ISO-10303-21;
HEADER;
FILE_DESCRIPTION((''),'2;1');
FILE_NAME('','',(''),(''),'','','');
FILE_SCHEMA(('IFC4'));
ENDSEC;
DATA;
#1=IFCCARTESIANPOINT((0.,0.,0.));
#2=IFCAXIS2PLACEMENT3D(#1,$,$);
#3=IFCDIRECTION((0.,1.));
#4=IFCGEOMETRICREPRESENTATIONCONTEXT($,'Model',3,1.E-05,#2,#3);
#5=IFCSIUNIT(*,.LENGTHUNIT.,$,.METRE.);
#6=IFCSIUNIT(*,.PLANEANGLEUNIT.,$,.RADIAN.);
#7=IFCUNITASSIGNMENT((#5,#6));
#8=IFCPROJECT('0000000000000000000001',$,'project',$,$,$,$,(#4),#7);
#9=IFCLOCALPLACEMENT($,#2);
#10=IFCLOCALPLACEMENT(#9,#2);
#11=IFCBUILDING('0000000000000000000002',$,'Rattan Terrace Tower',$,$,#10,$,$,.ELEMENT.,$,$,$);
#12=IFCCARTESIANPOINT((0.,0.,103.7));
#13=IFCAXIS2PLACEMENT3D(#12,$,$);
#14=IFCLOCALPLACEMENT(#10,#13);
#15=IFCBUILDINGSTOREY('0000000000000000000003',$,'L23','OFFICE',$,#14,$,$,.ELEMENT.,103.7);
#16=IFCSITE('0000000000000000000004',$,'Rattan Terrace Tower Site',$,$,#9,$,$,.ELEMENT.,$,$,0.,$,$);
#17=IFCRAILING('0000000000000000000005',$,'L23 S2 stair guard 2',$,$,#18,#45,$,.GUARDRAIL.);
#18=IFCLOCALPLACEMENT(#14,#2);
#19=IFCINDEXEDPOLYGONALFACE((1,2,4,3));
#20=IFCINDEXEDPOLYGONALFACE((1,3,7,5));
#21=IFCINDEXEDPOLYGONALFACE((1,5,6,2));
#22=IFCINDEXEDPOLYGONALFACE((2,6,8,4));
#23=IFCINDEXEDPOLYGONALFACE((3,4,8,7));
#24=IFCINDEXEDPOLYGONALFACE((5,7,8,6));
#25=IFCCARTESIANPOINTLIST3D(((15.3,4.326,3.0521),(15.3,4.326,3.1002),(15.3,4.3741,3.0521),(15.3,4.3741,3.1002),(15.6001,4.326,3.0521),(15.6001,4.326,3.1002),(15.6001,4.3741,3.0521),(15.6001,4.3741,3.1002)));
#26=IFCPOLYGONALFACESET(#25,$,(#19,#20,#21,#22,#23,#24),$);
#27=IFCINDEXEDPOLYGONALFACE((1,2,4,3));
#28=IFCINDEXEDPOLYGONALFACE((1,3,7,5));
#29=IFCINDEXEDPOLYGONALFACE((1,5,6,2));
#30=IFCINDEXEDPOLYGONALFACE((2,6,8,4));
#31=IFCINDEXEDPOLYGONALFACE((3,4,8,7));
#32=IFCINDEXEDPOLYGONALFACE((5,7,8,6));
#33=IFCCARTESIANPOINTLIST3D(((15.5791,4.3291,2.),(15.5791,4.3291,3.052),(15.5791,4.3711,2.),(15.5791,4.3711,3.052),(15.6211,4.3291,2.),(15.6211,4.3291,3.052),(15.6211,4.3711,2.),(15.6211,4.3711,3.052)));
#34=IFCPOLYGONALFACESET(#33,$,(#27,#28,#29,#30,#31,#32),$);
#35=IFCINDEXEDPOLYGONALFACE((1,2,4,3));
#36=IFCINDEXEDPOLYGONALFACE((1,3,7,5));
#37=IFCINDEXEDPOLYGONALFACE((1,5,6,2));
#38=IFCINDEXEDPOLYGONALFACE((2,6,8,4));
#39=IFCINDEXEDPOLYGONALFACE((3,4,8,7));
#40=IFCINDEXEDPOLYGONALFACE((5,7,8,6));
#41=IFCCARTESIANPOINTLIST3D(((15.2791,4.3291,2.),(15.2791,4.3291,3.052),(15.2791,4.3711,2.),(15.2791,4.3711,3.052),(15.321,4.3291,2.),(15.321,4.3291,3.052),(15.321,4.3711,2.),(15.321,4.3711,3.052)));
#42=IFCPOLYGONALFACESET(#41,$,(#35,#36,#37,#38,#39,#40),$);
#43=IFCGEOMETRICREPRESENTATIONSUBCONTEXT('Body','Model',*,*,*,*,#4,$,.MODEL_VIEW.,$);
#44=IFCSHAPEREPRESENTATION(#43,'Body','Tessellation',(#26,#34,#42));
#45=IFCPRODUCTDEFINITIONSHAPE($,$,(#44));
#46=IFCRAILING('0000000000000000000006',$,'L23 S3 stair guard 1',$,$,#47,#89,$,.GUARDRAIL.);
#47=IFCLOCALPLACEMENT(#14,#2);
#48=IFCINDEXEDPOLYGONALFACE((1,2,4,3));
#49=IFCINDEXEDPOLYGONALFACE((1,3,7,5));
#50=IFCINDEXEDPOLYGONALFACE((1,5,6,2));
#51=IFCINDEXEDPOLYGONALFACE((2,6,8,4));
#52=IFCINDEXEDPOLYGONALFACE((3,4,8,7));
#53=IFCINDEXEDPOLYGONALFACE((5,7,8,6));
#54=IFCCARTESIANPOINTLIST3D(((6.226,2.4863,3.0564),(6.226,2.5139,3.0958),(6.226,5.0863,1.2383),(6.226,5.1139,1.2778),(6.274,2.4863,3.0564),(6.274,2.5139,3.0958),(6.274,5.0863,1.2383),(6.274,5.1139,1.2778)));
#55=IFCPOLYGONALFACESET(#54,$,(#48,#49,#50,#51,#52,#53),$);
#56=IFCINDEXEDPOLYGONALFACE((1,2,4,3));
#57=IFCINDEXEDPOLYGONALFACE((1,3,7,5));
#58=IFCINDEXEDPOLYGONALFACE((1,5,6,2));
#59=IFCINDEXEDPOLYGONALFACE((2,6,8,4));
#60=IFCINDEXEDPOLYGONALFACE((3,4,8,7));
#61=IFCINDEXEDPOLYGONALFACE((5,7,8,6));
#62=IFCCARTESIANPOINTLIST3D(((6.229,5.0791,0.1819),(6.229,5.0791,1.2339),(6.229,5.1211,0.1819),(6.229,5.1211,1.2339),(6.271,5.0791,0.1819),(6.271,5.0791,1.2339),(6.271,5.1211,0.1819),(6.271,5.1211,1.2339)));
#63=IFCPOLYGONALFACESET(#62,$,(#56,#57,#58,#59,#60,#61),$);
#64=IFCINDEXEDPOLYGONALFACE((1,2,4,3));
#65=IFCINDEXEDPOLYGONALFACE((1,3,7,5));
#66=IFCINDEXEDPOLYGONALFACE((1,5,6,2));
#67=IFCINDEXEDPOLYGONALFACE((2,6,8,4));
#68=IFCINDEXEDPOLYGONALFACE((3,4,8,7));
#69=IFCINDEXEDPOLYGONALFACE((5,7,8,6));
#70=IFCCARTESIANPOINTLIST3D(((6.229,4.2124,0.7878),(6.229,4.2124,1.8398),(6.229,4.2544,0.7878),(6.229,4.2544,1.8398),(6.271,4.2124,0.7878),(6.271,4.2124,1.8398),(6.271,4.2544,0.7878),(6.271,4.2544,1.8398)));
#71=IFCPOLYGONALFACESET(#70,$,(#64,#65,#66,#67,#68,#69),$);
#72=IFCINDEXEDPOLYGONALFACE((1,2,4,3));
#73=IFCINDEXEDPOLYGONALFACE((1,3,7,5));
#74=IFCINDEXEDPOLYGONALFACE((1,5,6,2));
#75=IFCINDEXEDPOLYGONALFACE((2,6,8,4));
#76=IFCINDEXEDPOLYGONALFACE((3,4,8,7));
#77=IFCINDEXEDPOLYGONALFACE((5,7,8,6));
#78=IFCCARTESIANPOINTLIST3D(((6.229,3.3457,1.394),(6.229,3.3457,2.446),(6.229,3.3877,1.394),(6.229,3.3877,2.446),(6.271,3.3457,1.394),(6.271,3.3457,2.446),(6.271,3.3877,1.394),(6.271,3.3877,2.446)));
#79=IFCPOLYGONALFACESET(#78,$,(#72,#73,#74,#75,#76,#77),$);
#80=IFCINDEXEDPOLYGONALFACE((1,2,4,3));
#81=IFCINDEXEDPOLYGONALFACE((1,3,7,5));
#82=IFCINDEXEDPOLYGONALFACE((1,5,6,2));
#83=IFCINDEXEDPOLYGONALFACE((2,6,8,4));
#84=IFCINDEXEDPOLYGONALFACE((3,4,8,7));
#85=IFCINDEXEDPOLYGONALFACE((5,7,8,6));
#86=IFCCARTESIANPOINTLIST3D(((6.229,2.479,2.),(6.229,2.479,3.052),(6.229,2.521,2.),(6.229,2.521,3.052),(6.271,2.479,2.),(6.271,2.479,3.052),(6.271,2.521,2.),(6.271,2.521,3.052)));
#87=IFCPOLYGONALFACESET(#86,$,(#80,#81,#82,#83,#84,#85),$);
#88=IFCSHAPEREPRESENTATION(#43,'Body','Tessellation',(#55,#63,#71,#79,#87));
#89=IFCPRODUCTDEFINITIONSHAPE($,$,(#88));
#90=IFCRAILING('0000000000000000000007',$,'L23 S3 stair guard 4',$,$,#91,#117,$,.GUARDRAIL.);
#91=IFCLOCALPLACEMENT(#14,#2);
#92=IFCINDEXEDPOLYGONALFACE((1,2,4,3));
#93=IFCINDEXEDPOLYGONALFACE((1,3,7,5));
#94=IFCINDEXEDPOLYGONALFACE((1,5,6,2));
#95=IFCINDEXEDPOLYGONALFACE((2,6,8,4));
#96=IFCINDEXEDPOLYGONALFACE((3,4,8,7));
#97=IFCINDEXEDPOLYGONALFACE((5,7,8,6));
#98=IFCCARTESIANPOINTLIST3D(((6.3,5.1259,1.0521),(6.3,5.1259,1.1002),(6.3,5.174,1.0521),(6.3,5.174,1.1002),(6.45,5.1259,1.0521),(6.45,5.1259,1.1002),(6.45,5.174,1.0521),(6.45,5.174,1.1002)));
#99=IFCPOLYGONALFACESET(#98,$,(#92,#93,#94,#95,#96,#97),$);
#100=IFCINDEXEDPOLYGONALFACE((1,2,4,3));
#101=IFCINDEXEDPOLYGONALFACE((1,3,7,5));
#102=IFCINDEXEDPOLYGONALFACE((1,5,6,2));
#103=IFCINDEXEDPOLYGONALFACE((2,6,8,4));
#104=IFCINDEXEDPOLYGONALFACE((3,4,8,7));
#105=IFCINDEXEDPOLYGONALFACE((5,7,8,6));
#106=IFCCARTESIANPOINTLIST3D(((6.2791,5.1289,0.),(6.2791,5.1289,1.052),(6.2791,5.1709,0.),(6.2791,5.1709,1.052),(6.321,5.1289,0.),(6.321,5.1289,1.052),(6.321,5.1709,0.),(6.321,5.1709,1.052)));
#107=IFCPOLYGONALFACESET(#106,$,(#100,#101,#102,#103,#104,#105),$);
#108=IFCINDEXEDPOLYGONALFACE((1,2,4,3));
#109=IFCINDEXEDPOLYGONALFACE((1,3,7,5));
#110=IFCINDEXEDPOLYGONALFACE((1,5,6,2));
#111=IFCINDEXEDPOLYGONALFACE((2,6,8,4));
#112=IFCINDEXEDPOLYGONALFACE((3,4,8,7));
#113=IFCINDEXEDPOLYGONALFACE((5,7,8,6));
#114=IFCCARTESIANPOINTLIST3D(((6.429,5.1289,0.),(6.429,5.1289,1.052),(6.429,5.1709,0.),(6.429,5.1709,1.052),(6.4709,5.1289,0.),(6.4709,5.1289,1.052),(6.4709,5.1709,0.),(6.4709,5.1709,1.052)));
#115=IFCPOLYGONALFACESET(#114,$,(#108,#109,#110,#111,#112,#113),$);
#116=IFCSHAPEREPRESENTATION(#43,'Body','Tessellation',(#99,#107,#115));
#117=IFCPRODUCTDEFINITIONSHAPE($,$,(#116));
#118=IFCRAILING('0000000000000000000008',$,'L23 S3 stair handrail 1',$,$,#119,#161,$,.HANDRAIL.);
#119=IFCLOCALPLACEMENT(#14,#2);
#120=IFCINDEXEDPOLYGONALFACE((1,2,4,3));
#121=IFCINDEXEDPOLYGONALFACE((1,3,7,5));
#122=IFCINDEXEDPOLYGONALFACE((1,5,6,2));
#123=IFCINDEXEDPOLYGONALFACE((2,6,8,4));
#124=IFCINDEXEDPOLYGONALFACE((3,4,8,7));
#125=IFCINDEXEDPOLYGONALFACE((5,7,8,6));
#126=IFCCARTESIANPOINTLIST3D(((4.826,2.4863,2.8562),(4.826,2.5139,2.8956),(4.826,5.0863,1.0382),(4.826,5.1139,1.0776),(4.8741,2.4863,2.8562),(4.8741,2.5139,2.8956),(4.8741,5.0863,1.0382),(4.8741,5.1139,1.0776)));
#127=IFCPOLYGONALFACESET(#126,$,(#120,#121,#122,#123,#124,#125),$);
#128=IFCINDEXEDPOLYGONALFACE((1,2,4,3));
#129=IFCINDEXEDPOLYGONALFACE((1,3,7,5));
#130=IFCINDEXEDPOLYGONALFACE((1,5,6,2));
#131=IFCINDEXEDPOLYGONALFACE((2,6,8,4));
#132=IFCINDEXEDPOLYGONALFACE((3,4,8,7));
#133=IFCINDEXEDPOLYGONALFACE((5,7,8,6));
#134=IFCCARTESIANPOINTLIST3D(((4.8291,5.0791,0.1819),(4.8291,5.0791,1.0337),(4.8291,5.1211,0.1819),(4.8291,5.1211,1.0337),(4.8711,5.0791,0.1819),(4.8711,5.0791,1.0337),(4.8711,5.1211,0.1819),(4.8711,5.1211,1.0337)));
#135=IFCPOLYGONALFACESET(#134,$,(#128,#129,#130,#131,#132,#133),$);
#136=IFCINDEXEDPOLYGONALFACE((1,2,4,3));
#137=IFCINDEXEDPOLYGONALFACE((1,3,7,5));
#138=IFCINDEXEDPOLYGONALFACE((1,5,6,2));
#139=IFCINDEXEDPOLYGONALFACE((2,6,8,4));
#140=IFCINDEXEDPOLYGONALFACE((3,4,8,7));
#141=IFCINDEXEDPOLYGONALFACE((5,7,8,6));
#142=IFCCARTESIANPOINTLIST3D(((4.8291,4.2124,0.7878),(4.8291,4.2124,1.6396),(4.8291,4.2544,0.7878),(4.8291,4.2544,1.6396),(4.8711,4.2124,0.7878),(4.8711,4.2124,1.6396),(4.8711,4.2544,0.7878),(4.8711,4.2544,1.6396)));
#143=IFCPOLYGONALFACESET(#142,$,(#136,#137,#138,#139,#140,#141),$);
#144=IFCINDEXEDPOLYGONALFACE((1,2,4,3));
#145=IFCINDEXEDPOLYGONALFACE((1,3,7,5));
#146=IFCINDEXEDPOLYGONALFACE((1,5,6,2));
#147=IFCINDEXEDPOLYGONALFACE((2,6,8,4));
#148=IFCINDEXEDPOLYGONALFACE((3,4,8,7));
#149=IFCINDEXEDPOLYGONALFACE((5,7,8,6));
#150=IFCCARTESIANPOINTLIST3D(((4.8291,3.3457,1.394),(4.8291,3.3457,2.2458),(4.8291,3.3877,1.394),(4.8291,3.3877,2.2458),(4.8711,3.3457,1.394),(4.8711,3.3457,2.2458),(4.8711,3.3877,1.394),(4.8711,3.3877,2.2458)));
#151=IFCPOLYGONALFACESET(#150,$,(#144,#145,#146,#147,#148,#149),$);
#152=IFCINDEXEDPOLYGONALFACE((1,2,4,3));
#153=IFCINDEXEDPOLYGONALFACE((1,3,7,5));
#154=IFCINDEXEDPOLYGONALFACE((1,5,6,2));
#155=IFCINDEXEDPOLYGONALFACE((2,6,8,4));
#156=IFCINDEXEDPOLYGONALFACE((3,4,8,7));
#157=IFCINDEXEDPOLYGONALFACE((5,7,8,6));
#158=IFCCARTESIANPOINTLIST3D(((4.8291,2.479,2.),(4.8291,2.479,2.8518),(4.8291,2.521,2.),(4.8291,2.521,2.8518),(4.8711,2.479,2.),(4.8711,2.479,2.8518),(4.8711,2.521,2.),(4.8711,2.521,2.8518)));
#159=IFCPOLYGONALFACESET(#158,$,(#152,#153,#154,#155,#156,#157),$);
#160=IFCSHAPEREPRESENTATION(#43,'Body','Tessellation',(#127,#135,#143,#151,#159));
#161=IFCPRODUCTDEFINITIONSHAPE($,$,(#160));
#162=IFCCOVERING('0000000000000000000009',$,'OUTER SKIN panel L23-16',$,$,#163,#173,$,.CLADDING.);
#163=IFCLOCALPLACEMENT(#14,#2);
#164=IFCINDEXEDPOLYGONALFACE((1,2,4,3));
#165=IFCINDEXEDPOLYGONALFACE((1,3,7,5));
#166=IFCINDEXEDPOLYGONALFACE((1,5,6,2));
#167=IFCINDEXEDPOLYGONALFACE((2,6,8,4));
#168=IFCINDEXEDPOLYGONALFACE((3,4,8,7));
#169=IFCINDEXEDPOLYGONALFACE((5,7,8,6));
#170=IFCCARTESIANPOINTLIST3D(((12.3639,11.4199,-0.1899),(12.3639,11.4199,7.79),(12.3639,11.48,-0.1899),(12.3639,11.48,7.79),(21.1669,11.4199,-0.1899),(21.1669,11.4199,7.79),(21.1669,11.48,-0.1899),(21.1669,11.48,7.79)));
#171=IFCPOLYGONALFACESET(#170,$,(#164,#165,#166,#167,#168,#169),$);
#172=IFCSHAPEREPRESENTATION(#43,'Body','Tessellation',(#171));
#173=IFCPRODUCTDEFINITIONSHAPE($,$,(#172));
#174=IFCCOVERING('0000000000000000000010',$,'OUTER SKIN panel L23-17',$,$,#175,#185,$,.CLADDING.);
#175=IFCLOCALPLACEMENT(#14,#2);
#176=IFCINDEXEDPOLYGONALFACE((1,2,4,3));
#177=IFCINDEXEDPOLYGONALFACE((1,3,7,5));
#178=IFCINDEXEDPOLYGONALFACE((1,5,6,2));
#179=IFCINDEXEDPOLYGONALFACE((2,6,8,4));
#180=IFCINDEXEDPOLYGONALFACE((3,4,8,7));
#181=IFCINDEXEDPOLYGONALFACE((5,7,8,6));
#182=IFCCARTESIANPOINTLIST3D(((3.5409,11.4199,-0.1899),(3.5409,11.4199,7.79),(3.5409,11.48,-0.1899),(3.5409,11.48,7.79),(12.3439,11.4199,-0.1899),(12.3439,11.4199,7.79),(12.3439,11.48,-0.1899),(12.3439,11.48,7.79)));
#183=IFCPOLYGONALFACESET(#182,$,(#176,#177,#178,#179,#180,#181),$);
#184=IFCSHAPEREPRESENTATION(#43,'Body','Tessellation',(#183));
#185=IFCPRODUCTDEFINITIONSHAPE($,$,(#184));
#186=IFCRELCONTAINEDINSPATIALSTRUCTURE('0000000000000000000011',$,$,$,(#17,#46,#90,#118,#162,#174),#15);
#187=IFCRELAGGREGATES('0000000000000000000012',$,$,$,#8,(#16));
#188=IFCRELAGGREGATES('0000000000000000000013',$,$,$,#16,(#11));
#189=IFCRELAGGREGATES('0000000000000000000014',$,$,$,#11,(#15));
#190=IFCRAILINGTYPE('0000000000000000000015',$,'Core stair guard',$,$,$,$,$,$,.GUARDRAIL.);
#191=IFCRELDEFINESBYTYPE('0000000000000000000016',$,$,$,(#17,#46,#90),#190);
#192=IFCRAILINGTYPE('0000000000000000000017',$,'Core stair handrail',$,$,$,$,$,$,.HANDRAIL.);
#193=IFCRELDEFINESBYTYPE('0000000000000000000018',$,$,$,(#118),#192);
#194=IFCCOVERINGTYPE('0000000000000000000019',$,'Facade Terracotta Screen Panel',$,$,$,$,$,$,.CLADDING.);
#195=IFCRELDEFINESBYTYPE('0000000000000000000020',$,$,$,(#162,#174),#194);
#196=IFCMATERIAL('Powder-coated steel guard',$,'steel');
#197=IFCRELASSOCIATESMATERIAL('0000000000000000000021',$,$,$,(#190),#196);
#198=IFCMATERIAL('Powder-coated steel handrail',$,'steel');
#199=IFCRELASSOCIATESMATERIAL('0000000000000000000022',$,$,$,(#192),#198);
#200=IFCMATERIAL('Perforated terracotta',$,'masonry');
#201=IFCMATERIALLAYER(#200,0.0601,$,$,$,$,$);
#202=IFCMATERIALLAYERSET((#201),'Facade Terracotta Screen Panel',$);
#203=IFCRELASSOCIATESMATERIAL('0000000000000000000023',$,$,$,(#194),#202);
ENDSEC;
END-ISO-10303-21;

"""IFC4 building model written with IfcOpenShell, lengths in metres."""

from ifc_helpers import new_model, si_unit, direction, frame, origin, origin_2d, place, context, subcontext, project, spatial, rectangle, extrude, material, layer, layer_set, type_object, element, save


model = new_model("IFC4")

# Units and contexts
model_context = context("Model", 3, precision=1e-05, world=origin(), true_north=direction((0.0, 1.0)))
body_context = subcontext(model_context, "Body", "Model", "MODEL_VIEW")
ifc_project = project(units=[si_unit("LENGTHUNIT", "METRE"), si_unit("PLANEANGLEUNIT", "RADIAN")], contexts=[model_context])

# Site, building, storey
site_placement = place(None, origin())
site = spatial("IfcSite", under=ifc_project, at=site_placement, Name="Rattan Terrace Tower Site", CompositionType="ELEMENT", RefElevation=0.0)
building_placement = place(site_placement, origin())
building = spatial("IfcBuilding", under=site, at=building_placement, Name="Rattan Terrace Tower", CompositionType="ELEMENT")
storey_placement = place(building_placement, frame((0.0, 0.0, 103.7)))
storey = spatial("IfcBuildingStorey", under=building, at=storey_placement, Name="L23", Description="OFFICE", CompositionType="ELEMENT", Elevation=103.7)

# Railings
ifc_material_1 = material(Name="Powder-coated steel guard", Category="steel")
railing_type_1 = type_object("IfcRailingType", Name="Core stair guard", PredefinedType="GUARDRAIL", material=ifc_material_1)
railing_1_placement = place(storey_placement, frame((15.6001, 4.3501, 2.0)))
element("IfcRailing", 1, at=railing_1_placement, inside=storey, type_object=railing_type_1, Name="L23 S2 stair guard 2", PredefinedType="GUARDRAIL", context=body_context, shape_type="SweptSolid", body=[
    extrude(rectangle(XDim=0.0481, YDim=0.0481, at=origin_2d()), frame((0.0, 0.0, 1.0762), z_axis=(-1.0, 0.0, 0.0), x_axis=(0.0, -1.0, 0.0)), (0.0, 0.0, 1.0), 0.3),
    extrude(rectangle(XDim=0.042, YDim=0.042, at=origin_2d()), origin(), (0.0, 0.0, 1.0), 1.052),
    extrude(rectangle(XDim=0.042, YDim=0.042, at=origin_2d()), frame((-0.3, 0.0, 0.0)), (0.0, 0.0, 1.0), 1.052),
])
railing_2_placement = place(storey_placement, frame((6.25, 5.1001, 0.1819)))
element("IfcRailing", 2, at=railing_2_placement, inside=storey, type_object=railing_type_1, Name="L23 S3 stair guard 1", PredefinedType="GUARDRAIL", context=body_context, shape_type="SweptSolid", body=[
    extrude(rectangle(XDim=0.0481, YDim=0.0481, at=origin_2d()), frame((0.0, 0.0, 1.0762), z_axis=(0.0, -0.819521, 0.573049), x_axis=(1.0, 0.0, 0.0)), (0.0, 0.0, 1.0), 3.1726),
    extrude(rectangle(XDim=0.042, YDim=0.042, at=origin_2d()), origin(), (0.0, 0.0, 1.0), 1.052),
    extrude(rectangle(XDim=0.042, YDim=0.042, at=origin_2d()), frame((0.0, -0.8667, 0.606)), (0.0, 0.0, 1.0), 1.052),
    extrude(rectangle(XDim=0.042, YDim=0.042, at=origin_2d()), frame((0.0, -1.7334, 1.2122)), (0.0, 0.0, 1.0), 1.052),
    extrude(rectangle(XDim=0.042, YDim=0.042, at=origin_2d()), frame((0.0, -2.6001, 1.8181)), (0.0, 0.0, 1.0), 1.052),
])
railing_3_placement = place(storey_placement, frame((6.3, 5.1499, 0.0)))
element("IfcRailing", 3, at=railing_3_placement, inside=storey, type_object=railing_type_1, Name="L23 S3 stair guard 4", PredefinedType="GUARDRAIL", context=body_context, shape_type="SweptSolid", body=[
    extrude(rectangle(XDim=0.0481, YDim=0.0481, at=origin_2d()), frame((0.0, 0.0, 1.0762), z_axis=(1.0, 0.0, 0.0), x_axis=(0.0, 1.0, 0.0)), (0.0, 0.0, 1.0), 0.1499),
    extrude(rectangle(XDim=0.042, YDim=0.042, at=origin_2d()), origin(), (0.0, 0.0, 1.0), 1.052),
    extrude(rectangle(XDim=0.042, YDim=0.042, at=origin_2d()), frame((0.1499, 0.0, 0.0)), (0.0, 0.0, 1.0), 1.052),
])
ifc_material_2 = material(Name="Powder-coated steel handrail", Category="steel")
railing_type_2 = type_object("IfcRailingType", Name="Core stair handrail", PredefinedType="HANDRAIL", material=ifc_material_2)
railing_4_placement = place(storey_placement, frame((4.8501, 5.1001, 0.1819)))
element("IfcRailing", 4, at=railing_4_placement, inside=storey, type_object=railing_type_2, Name="L23 S3 stair handrail 1", PredefinedType="HANDRAIL", context=body_context, shape_type="SweptSolid", body=[
    extrude(rectangle(XDim=0.0481, YDim=0.0481, at=origin_2d()), frame((0.0, 0.0, 0.876), z_axis=(0.0, -0.819521, 0.573049), x_axis=(1.0, 0.0, 0.0)), (0.0, 0.0, 1.0), 3.1726),
    extrude(rectangle(XDim=0.042, YDim=0.042, at=origin_2d()), origin(), (0.0, 0.0, 1.0), 0.8518),
    extrude(rectangle(XDim=0.042, YDim=0.042, at=origin_2d()), frame((0.0, -0.8667, 0.606)), (0.0, 0.0, 1.0), 0.8518),
    extrude(rectangle(XDim=0.042, YDim=0.042, at=origin_2d()), frame((0.0, -1.7334, 1.2122)), (0.0, 0.0, 1.0), 0.8518),
    extrude(rectangle(XDim=0.042, YDim=0.042, at=origin_2d()), frame((0.0, -2.6001, 1.8181)), (0.0, 0.0, 1.0), 0.8518),
])

# Coverings
ifc_material_3 = material(Name="Perforated terracotta", Category="masonry")
ifc_layer_1 = layer(ifc_material_3, 0.0601)
ifc_layer_set_1 = layer_set([ifc_layer_1], Name="Facade Terracotta Screen Panel")
covering_type = type_object("IfcCoveringType", Name="Facade Terracotta Screen Panel", PredefinedType="CLADDING", material=ifc_layer_set_1)
for number, where, z_axis, x_axis, name in (
    (5, (16.7654, 11.45, -0.1899), (0.0, 0.0, 1.0), (-1.0, 0.0, 0.0), "OUTER SKIN panel L23-16"),
    (6, (7.9424, 11.45, -0.1899), (0.0, 0.0, 1.0), (-1.0, 0.0, 0.0), "OUTER SKIN panel L23-17"),
):
    element("IfcCovering", number, at=place(storey_placement, frame(where, z_axis=z_axis, x_axis=x_axis)), inside=storey, type_object=covering_type, Name=name, PredefinedType="CLADDING", context=body_context, shape_type="SweptSolid", body=[
        extrude(rectangle(XDim=8.803, YDim=0.0601, at=origin_2d()), origin(), (0.0, 0.0, 1.0), 7.98),
    ])

save(model, "model.ifc")
